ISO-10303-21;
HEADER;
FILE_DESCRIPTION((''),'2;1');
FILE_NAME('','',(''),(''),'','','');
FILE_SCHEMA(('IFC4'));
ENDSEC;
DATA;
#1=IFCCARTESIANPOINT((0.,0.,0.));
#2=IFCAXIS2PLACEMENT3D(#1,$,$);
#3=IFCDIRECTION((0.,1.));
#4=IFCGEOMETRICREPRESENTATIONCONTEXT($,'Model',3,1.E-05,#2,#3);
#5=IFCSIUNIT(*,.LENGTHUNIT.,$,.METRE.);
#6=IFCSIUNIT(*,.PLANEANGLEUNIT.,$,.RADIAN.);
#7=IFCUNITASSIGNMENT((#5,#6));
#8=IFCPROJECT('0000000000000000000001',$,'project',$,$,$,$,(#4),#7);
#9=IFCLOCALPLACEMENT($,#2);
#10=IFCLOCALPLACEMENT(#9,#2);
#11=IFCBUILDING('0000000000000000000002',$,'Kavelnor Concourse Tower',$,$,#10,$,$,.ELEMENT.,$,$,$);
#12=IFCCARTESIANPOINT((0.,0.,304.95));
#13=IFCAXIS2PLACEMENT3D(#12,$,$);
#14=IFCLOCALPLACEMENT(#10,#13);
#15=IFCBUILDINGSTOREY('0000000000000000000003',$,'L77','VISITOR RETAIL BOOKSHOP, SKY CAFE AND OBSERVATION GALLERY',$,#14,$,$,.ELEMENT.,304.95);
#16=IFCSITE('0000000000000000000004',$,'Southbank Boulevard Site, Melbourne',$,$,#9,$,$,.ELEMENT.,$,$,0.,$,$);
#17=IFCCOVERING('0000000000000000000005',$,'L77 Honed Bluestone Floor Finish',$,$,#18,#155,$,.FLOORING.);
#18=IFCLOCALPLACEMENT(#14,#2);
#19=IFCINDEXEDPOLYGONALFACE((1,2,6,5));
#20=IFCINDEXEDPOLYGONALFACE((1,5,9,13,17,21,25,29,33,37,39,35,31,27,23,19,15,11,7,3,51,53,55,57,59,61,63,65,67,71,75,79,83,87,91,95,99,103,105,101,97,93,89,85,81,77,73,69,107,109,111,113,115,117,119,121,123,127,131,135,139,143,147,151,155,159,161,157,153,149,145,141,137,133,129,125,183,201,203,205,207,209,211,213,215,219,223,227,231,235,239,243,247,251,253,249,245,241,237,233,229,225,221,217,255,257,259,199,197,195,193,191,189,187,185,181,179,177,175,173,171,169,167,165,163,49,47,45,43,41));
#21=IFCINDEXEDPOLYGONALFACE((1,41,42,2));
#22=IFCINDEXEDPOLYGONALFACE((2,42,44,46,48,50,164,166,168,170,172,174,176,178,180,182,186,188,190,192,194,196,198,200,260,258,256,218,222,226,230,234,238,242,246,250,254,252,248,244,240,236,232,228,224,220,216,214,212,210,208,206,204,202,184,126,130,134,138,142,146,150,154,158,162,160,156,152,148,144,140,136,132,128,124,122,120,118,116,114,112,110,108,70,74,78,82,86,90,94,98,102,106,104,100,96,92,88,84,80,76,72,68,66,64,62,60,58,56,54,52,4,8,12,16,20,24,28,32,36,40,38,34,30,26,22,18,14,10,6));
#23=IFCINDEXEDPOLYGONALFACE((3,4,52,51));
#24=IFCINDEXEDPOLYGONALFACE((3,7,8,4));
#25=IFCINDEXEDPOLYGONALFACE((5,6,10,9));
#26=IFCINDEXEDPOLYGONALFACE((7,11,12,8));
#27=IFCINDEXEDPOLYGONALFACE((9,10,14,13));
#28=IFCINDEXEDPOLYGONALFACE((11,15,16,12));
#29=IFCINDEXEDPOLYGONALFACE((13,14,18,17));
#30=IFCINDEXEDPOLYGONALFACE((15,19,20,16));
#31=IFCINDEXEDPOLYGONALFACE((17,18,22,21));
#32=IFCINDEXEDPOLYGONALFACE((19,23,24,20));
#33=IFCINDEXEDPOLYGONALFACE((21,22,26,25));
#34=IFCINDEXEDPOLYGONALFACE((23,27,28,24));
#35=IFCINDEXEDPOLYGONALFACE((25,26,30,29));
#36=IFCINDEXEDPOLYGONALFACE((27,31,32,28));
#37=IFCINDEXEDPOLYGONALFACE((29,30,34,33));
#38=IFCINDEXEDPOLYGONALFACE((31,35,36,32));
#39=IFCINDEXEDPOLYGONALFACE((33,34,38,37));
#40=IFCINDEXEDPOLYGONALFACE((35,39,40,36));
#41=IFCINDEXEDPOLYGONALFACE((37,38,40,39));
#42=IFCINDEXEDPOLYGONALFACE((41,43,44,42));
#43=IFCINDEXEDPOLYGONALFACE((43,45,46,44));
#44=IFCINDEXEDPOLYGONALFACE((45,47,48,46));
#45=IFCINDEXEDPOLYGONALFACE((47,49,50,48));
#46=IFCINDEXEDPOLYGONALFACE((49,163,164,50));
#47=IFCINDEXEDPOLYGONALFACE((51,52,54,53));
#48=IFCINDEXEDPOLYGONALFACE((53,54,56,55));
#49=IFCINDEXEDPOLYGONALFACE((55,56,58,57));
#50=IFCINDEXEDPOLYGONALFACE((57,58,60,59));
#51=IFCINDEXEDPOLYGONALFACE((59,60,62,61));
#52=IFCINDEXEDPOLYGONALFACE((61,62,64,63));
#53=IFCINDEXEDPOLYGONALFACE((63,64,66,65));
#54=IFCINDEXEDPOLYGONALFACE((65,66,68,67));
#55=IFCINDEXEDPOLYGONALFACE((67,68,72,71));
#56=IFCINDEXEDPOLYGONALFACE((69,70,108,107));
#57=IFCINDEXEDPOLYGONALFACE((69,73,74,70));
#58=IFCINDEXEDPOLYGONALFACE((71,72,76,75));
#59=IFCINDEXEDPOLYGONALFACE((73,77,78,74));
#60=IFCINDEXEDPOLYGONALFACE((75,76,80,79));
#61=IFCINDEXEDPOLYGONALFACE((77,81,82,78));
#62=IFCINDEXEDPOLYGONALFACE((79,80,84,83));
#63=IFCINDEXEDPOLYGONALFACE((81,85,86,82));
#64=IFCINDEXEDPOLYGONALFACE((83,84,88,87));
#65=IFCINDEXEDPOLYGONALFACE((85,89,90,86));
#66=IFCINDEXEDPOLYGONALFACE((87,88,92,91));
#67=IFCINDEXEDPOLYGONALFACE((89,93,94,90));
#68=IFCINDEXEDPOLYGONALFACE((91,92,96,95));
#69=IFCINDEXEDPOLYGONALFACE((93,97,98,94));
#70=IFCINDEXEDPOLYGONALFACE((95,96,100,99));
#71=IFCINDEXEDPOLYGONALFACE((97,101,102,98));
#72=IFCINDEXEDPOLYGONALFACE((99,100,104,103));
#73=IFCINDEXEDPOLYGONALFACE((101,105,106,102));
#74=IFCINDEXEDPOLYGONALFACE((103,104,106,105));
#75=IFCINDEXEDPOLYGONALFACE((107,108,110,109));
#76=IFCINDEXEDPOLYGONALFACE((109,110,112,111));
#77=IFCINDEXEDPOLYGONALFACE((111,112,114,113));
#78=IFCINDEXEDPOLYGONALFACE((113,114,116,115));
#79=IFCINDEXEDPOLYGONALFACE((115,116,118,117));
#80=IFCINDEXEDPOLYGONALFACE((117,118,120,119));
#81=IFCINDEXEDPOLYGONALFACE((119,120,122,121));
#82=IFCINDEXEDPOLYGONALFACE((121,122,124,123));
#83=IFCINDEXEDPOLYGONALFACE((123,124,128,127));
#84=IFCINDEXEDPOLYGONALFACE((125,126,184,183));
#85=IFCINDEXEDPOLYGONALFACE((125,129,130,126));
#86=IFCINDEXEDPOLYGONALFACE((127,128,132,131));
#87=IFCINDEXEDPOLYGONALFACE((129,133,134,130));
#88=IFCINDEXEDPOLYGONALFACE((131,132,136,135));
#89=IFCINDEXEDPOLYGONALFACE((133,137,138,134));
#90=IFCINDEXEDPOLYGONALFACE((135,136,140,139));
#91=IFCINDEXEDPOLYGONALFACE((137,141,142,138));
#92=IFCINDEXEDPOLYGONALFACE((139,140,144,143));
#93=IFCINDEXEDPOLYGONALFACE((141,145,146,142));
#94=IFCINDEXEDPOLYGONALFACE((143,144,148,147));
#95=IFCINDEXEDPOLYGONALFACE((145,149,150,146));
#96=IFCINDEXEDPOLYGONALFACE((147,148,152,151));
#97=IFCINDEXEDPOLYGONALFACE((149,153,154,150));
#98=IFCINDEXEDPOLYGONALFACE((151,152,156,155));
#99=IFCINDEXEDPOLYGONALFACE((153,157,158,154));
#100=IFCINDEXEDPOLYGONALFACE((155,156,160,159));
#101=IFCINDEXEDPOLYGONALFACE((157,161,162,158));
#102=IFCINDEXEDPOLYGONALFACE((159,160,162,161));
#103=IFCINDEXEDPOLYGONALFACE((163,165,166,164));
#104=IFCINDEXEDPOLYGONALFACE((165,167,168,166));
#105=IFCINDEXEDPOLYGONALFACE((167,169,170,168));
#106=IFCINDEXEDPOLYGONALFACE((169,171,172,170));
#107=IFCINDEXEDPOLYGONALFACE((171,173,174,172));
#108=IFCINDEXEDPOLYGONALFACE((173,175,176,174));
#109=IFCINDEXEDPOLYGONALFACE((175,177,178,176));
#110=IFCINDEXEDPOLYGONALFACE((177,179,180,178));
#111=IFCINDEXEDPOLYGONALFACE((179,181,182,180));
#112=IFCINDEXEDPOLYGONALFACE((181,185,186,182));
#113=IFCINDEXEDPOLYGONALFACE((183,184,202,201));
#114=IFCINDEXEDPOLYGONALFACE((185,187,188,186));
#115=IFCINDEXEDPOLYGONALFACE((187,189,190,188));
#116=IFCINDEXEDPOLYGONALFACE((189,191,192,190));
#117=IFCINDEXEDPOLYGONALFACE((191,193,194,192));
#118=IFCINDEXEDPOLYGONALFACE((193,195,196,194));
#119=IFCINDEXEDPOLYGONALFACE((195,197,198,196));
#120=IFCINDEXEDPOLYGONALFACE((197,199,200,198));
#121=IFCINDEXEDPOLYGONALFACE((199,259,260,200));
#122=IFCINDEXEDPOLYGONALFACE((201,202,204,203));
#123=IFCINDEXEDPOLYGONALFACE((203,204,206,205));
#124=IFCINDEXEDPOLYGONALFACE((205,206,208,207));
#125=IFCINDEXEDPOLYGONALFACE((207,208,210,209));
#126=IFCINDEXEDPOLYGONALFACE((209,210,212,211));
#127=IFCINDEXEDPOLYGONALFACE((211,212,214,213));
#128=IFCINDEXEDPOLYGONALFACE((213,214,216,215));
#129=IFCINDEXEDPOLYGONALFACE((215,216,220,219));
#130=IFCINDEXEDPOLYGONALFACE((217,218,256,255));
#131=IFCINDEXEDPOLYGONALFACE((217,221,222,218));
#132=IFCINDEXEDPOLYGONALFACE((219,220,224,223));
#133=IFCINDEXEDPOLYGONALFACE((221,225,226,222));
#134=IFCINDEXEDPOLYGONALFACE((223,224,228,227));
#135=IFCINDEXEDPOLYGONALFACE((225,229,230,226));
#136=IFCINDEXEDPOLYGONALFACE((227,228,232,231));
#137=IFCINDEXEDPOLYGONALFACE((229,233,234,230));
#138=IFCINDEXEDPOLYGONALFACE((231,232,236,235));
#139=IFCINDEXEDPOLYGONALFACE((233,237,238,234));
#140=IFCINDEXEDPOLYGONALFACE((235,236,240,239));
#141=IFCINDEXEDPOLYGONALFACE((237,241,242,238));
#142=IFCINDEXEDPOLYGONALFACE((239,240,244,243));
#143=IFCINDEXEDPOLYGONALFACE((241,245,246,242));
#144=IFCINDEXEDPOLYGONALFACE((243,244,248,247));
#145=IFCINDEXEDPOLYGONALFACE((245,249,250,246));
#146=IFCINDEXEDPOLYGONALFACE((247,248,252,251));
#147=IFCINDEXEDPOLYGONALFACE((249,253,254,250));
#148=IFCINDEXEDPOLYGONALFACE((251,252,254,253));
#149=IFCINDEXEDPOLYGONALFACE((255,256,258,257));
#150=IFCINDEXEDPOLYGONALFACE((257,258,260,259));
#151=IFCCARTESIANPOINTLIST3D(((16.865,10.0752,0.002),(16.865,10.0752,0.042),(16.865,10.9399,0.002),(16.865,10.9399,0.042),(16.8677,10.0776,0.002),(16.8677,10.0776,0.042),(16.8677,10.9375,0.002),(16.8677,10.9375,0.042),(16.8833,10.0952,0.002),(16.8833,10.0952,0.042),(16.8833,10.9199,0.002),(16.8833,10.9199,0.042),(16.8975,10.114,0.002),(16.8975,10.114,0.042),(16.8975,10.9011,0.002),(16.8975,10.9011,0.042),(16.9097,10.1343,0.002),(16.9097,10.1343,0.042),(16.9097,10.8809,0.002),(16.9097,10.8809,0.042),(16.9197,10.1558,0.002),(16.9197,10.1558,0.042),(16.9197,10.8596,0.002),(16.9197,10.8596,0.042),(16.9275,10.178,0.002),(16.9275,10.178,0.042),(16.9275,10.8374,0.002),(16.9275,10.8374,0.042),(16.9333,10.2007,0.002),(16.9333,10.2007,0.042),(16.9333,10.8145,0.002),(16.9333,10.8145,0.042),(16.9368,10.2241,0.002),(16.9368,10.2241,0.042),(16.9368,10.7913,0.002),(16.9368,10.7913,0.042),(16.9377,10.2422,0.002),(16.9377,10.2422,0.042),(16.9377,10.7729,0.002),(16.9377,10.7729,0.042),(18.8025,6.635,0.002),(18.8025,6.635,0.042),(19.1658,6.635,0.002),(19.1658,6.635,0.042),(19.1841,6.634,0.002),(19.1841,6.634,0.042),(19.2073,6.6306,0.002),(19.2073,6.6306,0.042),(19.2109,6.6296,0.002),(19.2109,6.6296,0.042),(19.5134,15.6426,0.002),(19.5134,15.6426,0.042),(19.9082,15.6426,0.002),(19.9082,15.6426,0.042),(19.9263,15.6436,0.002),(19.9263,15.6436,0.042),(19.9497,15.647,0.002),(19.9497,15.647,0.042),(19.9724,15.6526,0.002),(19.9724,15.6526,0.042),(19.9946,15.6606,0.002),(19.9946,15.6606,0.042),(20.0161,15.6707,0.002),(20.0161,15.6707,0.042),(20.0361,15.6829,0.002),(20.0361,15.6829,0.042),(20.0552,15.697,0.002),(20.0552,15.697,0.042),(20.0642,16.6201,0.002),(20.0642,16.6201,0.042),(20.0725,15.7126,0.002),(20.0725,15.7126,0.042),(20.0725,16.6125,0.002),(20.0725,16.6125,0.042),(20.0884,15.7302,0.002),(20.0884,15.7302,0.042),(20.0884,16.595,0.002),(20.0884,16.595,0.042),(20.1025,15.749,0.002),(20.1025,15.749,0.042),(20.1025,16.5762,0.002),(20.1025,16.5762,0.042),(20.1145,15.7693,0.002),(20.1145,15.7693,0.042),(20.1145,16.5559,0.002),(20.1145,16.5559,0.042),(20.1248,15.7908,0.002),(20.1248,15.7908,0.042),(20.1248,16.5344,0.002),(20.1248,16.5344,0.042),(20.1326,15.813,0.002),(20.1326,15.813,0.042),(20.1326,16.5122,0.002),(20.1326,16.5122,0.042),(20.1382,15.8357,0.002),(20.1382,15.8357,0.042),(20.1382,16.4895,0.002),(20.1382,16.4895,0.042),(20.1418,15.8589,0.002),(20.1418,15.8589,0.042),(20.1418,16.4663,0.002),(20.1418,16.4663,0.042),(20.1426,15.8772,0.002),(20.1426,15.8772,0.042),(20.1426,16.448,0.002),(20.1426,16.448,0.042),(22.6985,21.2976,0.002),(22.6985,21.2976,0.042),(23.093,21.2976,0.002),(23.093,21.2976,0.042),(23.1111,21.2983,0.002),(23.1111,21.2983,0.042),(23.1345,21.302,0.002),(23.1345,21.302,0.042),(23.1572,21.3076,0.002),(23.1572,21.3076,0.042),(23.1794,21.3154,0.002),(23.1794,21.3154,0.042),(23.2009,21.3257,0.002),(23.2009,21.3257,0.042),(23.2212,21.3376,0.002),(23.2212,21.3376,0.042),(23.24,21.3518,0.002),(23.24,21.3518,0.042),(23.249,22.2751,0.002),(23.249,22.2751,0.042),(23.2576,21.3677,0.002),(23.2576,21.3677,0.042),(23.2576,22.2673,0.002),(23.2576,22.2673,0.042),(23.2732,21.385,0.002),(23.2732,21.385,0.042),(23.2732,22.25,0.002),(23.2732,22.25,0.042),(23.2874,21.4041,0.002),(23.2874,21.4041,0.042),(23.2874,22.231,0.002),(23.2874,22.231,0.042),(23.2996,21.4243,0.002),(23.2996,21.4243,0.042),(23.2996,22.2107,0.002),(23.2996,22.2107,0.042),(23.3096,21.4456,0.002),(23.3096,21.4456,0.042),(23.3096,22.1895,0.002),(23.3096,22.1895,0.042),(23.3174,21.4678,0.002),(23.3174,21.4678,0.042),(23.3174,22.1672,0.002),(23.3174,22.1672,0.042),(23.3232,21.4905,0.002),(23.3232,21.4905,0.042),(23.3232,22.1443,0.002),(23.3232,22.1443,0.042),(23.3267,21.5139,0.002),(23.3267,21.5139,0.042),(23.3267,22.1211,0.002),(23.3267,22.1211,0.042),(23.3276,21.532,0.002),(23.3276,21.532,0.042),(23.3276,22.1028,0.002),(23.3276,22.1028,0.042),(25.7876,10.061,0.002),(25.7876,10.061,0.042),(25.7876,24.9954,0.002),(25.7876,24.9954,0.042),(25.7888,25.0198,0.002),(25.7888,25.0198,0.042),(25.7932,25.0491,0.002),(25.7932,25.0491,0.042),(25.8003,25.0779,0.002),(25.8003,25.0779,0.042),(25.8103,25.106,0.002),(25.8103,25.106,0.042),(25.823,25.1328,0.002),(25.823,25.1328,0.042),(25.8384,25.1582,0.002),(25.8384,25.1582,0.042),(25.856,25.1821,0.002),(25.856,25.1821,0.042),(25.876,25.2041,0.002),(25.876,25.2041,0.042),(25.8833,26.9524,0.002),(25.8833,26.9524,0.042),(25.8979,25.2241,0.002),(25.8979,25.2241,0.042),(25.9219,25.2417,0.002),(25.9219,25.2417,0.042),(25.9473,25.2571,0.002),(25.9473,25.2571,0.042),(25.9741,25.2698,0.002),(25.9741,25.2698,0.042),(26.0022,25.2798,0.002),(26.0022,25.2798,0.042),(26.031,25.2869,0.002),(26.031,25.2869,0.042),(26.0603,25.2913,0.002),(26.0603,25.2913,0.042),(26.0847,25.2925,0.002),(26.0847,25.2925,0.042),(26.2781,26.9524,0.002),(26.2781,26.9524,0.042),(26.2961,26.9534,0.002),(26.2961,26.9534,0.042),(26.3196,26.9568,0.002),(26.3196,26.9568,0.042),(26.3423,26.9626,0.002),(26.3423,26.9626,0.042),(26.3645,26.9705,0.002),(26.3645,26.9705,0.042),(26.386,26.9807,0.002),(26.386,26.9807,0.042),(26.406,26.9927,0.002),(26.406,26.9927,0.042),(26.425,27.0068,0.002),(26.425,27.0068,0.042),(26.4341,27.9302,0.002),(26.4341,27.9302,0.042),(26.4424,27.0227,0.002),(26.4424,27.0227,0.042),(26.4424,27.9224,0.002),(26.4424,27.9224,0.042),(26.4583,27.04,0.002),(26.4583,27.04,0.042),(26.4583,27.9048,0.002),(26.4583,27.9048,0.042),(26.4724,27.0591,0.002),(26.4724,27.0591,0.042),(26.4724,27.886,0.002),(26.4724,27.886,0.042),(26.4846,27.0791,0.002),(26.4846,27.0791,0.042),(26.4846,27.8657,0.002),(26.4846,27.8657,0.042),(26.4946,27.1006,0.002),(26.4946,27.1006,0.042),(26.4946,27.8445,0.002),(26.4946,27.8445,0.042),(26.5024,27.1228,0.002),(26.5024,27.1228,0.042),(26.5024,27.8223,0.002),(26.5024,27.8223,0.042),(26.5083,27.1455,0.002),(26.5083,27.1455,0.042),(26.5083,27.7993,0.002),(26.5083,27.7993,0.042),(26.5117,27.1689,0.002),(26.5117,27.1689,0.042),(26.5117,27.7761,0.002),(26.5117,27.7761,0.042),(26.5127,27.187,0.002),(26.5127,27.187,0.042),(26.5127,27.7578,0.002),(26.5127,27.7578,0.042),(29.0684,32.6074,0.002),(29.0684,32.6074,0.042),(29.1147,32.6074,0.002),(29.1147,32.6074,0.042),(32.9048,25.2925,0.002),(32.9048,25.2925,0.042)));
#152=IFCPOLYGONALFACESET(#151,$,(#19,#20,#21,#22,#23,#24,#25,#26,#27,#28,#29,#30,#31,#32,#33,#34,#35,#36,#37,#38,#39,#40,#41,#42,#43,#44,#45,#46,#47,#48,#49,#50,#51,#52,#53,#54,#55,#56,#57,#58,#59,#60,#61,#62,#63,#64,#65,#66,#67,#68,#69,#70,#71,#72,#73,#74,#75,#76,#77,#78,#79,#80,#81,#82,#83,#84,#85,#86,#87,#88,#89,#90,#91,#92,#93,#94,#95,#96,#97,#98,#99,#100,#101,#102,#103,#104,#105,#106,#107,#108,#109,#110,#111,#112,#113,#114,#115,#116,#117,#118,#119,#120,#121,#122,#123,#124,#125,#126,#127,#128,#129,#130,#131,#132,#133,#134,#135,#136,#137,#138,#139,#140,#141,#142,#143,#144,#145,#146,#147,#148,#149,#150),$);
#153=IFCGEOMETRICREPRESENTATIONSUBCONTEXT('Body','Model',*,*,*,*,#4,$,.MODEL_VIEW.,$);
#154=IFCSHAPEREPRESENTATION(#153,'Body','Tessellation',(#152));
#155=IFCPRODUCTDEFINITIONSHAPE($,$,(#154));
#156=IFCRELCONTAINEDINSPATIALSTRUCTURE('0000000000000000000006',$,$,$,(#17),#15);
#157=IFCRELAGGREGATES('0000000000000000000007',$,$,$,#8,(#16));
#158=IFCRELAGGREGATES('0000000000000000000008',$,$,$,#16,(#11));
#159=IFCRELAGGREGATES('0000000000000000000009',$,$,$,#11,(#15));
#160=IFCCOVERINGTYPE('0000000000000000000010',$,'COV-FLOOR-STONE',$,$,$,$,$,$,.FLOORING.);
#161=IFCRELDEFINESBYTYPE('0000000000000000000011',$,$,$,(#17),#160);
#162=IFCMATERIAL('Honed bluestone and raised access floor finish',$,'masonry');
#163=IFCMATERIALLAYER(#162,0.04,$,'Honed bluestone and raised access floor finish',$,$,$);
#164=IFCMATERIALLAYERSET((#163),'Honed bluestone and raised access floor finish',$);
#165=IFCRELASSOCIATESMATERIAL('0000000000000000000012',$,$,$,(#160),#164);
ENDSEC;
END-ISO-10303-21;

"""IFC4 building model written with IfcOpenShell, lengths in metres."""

from ifc_helpers import new_model, si_unit, direction, frame, origin, place, context, subcontext, project, spatial, polyline, outline, extrude, material, layer, layer_set, type_object, element, save


model = new_model("IFC4")

# Units and contexts
model_context = context("Model", 3, precision=1e-05, world=origin(), true_north=direction((0.0, 1.0)))
body_context = subcontext(model_context, "Body", "Model", "MODEL_VIEW")
ifc_project = project(units=[si_unit("LENGTHUNIT", "METRE"), si_unit("PLANEANGLEUNIT", "RADIAN")], contexts=[model_context])

# Site, building, storey
site_placement = place(None, origin())
site = spatial("IfcSite", under=ifc_project, at=site_placement, Name="Southbank Boulevard Site, Melbourne", CompositionType="ELEMENT", RefElevation=0.0)
building_placement = place(site_placement, origin())
building = spatial("IfcBuilding", under=site, at=building_placement, Name="Kavelnor Concourse Tower", CompositionType="ELEMENT")
storey_placement = place(building_placement, frame((0.0, 0.0, 304.95)))
storey = spatial("IfcBuildingStorey", under=building, at=storey_placement, Name="L77", Description="VISITOR RETAIL BOOKSHOP, SKY CAFE AND OBSERVATION GALLERY", CompositionType="ELEMENT", Elevation=304.95)

# Covering
ifc_material_1 = material(Name="Honed bluestone and raised access floor finish", Category="masonry")
ifc_layer_1 = layer(ifc_material_1, 0.04, Name="Honed bluestone and raised access floor finish")
ifc_layer_set_1 = layer_set([ifc_layer_1], Name="Honed bluestone and raised access floor finish")
covering_type_1 = type_object("IfcCoveringType", Name="COV-FLOOR-STONE", PredefinedType="FLOORING", material=ifc_layer_set_1)
covering_1_placement = place(storey_placement, frame((0.0, 0.0, 0.002)))
element("IfcCovering", 1, at=covering_1_placement, inside=storey, type_object=covering_type_1, Name="L77 Honed Bluestone Floor Finish", PredefinedType="FLOORING", context=body_context, shape_type="SweptSolid", body=[
    extrude(outline(polyline([(19.5134, 15.6426), (19.9082, 15.6426), (19.9263, 15.6436), (19.9497, 15.647), (19.9724, 15.6526), (19.9946, 15.6606), (20.0161, 15.6707), (20.0361, 15.6829), (20.0552, 15.697), (20.0725, 15.7126), (20.0884, 15.7302), (20.1025, 15.749), (20.1145, 15.7693), (20.1248, 15.7908), (20.1326, 15.813), (20.1382, 15.8357), (20.1418, 15.8589), (20.1426, 15.8772), (20.1426, 16.448), (20.1418, 16.4663), (20.1382, 16.4895), (20.1326, 16.5122), (20.1248, 16.5344), (20.1145, 16.5559), (20.1025, 16.5762), (20.0884, 16.595), (20.0725, 16.6125), (20.0642, 16.6201), (22.6985, 21.2976), (23.093, 21.2976), (23.1111, 21.2983), (23.1345, 21.302), (23.1572, 21.3076), (23.1794, 21.3154), (23.2009, 21.3257), (23.2212, 21.3376), (23.24, 21.3518), (23.2576, 21.3677), (23.2732, 21.385), (23.2874, 21.4041), (23.2996, 21.4243), (23.3096, 21.4456), (23.3174, 21.4678), (23.3232, 21.4905), (23.3267, 21.5139), (23.3276, 21.532), (23.3276, 22.1028), (23.3267, 22.1211), (23.3232, 22.1443), (23.3174, 22.1672), (23.3096, 22.1895), (23.2996, 22.2107), (23.2874, 22.231), (23.2732, 22.25), (23.2576, 22.2673), (23.249, 22.2751), (25.8833, 26.9524), (26.2781, 26.9524), (26.2961, 26.9534), (26.3196, 26.9568), (26.3423, 26.9626), (26.3645, 26.9705), (26.386, 26.9807), (26.406, 26.9927), (26.425, 27.0068), (26.4424, 27.0227), (26.4583, 27.04), (26.4724, 27.0591), (26.4846, 27.0791), (26.4946, 27.1006), (26.5024, 27.1228), (26.5083, 27.1455), (26.5117, 27.1689), (26.5127, 27.187), (26.5127, 27.7578), (26.5117, 27.7761), (26.5083, 27.7993), (26.5024, 27.8223), (26.4946, 27.8445), (26.4846, 27.8657), (26.4724, 27.886), (26.4583, 27.9048), (26.4424, 27.9224), (26.4341, 27.9302), (29.0684, 32.6074), (29.1147, 32.6074), (32.9048, 25.2925), (26.0847, 25.2925), (26.0603, 25.2913), (26.031, 25.2869), (26.0022, 25.2798), (25.9741, 25.2698), (25.9473, 25.2571), (25.9219, 25.2417), (25.8979, 25.2241), (25.876, 25.2041), (25.856, 25.1821), (25.8384, 25.1582), (25.823, 25.1328), (25.8103, 25.106), (25.8003, 25.0779), (25.7932, 25.0491), (25.7888, 25.0198), (25.7876, 24.9954), (25.7876, 10.061), (19.2109, 6.6296), (19.2073, 6.6306), (19.1841, 6.634), (19.1658, 6.635), (18.8025, 6.635), (16.865, 10.0752), (16.8677, 10.0776), (16.8833, 10.0952), (16.8975, 10.114), (16.9097, 10.1343), (16.9197, 10.1558), (16.9275, 10.178), (16.9333, 10.2007), (16.9368, 10.2241), (16.9377, 10.2422), (16.9377, 10.7729), (16.9368, 10.7913), (16.9333, 10.8145), (16.9275, 10.8374), (16.9197, 10.8596), (16.9097, 10.8809), (16.8975, 10.9011), (16.8833, 10.9199), (16.8677, 10.9375), (16.865, 10.9399), (19.5134, 15.6426)])), origin(), (0.0, 0.0, 1.0), 0.04),
])

save(model, "model.ifc")
